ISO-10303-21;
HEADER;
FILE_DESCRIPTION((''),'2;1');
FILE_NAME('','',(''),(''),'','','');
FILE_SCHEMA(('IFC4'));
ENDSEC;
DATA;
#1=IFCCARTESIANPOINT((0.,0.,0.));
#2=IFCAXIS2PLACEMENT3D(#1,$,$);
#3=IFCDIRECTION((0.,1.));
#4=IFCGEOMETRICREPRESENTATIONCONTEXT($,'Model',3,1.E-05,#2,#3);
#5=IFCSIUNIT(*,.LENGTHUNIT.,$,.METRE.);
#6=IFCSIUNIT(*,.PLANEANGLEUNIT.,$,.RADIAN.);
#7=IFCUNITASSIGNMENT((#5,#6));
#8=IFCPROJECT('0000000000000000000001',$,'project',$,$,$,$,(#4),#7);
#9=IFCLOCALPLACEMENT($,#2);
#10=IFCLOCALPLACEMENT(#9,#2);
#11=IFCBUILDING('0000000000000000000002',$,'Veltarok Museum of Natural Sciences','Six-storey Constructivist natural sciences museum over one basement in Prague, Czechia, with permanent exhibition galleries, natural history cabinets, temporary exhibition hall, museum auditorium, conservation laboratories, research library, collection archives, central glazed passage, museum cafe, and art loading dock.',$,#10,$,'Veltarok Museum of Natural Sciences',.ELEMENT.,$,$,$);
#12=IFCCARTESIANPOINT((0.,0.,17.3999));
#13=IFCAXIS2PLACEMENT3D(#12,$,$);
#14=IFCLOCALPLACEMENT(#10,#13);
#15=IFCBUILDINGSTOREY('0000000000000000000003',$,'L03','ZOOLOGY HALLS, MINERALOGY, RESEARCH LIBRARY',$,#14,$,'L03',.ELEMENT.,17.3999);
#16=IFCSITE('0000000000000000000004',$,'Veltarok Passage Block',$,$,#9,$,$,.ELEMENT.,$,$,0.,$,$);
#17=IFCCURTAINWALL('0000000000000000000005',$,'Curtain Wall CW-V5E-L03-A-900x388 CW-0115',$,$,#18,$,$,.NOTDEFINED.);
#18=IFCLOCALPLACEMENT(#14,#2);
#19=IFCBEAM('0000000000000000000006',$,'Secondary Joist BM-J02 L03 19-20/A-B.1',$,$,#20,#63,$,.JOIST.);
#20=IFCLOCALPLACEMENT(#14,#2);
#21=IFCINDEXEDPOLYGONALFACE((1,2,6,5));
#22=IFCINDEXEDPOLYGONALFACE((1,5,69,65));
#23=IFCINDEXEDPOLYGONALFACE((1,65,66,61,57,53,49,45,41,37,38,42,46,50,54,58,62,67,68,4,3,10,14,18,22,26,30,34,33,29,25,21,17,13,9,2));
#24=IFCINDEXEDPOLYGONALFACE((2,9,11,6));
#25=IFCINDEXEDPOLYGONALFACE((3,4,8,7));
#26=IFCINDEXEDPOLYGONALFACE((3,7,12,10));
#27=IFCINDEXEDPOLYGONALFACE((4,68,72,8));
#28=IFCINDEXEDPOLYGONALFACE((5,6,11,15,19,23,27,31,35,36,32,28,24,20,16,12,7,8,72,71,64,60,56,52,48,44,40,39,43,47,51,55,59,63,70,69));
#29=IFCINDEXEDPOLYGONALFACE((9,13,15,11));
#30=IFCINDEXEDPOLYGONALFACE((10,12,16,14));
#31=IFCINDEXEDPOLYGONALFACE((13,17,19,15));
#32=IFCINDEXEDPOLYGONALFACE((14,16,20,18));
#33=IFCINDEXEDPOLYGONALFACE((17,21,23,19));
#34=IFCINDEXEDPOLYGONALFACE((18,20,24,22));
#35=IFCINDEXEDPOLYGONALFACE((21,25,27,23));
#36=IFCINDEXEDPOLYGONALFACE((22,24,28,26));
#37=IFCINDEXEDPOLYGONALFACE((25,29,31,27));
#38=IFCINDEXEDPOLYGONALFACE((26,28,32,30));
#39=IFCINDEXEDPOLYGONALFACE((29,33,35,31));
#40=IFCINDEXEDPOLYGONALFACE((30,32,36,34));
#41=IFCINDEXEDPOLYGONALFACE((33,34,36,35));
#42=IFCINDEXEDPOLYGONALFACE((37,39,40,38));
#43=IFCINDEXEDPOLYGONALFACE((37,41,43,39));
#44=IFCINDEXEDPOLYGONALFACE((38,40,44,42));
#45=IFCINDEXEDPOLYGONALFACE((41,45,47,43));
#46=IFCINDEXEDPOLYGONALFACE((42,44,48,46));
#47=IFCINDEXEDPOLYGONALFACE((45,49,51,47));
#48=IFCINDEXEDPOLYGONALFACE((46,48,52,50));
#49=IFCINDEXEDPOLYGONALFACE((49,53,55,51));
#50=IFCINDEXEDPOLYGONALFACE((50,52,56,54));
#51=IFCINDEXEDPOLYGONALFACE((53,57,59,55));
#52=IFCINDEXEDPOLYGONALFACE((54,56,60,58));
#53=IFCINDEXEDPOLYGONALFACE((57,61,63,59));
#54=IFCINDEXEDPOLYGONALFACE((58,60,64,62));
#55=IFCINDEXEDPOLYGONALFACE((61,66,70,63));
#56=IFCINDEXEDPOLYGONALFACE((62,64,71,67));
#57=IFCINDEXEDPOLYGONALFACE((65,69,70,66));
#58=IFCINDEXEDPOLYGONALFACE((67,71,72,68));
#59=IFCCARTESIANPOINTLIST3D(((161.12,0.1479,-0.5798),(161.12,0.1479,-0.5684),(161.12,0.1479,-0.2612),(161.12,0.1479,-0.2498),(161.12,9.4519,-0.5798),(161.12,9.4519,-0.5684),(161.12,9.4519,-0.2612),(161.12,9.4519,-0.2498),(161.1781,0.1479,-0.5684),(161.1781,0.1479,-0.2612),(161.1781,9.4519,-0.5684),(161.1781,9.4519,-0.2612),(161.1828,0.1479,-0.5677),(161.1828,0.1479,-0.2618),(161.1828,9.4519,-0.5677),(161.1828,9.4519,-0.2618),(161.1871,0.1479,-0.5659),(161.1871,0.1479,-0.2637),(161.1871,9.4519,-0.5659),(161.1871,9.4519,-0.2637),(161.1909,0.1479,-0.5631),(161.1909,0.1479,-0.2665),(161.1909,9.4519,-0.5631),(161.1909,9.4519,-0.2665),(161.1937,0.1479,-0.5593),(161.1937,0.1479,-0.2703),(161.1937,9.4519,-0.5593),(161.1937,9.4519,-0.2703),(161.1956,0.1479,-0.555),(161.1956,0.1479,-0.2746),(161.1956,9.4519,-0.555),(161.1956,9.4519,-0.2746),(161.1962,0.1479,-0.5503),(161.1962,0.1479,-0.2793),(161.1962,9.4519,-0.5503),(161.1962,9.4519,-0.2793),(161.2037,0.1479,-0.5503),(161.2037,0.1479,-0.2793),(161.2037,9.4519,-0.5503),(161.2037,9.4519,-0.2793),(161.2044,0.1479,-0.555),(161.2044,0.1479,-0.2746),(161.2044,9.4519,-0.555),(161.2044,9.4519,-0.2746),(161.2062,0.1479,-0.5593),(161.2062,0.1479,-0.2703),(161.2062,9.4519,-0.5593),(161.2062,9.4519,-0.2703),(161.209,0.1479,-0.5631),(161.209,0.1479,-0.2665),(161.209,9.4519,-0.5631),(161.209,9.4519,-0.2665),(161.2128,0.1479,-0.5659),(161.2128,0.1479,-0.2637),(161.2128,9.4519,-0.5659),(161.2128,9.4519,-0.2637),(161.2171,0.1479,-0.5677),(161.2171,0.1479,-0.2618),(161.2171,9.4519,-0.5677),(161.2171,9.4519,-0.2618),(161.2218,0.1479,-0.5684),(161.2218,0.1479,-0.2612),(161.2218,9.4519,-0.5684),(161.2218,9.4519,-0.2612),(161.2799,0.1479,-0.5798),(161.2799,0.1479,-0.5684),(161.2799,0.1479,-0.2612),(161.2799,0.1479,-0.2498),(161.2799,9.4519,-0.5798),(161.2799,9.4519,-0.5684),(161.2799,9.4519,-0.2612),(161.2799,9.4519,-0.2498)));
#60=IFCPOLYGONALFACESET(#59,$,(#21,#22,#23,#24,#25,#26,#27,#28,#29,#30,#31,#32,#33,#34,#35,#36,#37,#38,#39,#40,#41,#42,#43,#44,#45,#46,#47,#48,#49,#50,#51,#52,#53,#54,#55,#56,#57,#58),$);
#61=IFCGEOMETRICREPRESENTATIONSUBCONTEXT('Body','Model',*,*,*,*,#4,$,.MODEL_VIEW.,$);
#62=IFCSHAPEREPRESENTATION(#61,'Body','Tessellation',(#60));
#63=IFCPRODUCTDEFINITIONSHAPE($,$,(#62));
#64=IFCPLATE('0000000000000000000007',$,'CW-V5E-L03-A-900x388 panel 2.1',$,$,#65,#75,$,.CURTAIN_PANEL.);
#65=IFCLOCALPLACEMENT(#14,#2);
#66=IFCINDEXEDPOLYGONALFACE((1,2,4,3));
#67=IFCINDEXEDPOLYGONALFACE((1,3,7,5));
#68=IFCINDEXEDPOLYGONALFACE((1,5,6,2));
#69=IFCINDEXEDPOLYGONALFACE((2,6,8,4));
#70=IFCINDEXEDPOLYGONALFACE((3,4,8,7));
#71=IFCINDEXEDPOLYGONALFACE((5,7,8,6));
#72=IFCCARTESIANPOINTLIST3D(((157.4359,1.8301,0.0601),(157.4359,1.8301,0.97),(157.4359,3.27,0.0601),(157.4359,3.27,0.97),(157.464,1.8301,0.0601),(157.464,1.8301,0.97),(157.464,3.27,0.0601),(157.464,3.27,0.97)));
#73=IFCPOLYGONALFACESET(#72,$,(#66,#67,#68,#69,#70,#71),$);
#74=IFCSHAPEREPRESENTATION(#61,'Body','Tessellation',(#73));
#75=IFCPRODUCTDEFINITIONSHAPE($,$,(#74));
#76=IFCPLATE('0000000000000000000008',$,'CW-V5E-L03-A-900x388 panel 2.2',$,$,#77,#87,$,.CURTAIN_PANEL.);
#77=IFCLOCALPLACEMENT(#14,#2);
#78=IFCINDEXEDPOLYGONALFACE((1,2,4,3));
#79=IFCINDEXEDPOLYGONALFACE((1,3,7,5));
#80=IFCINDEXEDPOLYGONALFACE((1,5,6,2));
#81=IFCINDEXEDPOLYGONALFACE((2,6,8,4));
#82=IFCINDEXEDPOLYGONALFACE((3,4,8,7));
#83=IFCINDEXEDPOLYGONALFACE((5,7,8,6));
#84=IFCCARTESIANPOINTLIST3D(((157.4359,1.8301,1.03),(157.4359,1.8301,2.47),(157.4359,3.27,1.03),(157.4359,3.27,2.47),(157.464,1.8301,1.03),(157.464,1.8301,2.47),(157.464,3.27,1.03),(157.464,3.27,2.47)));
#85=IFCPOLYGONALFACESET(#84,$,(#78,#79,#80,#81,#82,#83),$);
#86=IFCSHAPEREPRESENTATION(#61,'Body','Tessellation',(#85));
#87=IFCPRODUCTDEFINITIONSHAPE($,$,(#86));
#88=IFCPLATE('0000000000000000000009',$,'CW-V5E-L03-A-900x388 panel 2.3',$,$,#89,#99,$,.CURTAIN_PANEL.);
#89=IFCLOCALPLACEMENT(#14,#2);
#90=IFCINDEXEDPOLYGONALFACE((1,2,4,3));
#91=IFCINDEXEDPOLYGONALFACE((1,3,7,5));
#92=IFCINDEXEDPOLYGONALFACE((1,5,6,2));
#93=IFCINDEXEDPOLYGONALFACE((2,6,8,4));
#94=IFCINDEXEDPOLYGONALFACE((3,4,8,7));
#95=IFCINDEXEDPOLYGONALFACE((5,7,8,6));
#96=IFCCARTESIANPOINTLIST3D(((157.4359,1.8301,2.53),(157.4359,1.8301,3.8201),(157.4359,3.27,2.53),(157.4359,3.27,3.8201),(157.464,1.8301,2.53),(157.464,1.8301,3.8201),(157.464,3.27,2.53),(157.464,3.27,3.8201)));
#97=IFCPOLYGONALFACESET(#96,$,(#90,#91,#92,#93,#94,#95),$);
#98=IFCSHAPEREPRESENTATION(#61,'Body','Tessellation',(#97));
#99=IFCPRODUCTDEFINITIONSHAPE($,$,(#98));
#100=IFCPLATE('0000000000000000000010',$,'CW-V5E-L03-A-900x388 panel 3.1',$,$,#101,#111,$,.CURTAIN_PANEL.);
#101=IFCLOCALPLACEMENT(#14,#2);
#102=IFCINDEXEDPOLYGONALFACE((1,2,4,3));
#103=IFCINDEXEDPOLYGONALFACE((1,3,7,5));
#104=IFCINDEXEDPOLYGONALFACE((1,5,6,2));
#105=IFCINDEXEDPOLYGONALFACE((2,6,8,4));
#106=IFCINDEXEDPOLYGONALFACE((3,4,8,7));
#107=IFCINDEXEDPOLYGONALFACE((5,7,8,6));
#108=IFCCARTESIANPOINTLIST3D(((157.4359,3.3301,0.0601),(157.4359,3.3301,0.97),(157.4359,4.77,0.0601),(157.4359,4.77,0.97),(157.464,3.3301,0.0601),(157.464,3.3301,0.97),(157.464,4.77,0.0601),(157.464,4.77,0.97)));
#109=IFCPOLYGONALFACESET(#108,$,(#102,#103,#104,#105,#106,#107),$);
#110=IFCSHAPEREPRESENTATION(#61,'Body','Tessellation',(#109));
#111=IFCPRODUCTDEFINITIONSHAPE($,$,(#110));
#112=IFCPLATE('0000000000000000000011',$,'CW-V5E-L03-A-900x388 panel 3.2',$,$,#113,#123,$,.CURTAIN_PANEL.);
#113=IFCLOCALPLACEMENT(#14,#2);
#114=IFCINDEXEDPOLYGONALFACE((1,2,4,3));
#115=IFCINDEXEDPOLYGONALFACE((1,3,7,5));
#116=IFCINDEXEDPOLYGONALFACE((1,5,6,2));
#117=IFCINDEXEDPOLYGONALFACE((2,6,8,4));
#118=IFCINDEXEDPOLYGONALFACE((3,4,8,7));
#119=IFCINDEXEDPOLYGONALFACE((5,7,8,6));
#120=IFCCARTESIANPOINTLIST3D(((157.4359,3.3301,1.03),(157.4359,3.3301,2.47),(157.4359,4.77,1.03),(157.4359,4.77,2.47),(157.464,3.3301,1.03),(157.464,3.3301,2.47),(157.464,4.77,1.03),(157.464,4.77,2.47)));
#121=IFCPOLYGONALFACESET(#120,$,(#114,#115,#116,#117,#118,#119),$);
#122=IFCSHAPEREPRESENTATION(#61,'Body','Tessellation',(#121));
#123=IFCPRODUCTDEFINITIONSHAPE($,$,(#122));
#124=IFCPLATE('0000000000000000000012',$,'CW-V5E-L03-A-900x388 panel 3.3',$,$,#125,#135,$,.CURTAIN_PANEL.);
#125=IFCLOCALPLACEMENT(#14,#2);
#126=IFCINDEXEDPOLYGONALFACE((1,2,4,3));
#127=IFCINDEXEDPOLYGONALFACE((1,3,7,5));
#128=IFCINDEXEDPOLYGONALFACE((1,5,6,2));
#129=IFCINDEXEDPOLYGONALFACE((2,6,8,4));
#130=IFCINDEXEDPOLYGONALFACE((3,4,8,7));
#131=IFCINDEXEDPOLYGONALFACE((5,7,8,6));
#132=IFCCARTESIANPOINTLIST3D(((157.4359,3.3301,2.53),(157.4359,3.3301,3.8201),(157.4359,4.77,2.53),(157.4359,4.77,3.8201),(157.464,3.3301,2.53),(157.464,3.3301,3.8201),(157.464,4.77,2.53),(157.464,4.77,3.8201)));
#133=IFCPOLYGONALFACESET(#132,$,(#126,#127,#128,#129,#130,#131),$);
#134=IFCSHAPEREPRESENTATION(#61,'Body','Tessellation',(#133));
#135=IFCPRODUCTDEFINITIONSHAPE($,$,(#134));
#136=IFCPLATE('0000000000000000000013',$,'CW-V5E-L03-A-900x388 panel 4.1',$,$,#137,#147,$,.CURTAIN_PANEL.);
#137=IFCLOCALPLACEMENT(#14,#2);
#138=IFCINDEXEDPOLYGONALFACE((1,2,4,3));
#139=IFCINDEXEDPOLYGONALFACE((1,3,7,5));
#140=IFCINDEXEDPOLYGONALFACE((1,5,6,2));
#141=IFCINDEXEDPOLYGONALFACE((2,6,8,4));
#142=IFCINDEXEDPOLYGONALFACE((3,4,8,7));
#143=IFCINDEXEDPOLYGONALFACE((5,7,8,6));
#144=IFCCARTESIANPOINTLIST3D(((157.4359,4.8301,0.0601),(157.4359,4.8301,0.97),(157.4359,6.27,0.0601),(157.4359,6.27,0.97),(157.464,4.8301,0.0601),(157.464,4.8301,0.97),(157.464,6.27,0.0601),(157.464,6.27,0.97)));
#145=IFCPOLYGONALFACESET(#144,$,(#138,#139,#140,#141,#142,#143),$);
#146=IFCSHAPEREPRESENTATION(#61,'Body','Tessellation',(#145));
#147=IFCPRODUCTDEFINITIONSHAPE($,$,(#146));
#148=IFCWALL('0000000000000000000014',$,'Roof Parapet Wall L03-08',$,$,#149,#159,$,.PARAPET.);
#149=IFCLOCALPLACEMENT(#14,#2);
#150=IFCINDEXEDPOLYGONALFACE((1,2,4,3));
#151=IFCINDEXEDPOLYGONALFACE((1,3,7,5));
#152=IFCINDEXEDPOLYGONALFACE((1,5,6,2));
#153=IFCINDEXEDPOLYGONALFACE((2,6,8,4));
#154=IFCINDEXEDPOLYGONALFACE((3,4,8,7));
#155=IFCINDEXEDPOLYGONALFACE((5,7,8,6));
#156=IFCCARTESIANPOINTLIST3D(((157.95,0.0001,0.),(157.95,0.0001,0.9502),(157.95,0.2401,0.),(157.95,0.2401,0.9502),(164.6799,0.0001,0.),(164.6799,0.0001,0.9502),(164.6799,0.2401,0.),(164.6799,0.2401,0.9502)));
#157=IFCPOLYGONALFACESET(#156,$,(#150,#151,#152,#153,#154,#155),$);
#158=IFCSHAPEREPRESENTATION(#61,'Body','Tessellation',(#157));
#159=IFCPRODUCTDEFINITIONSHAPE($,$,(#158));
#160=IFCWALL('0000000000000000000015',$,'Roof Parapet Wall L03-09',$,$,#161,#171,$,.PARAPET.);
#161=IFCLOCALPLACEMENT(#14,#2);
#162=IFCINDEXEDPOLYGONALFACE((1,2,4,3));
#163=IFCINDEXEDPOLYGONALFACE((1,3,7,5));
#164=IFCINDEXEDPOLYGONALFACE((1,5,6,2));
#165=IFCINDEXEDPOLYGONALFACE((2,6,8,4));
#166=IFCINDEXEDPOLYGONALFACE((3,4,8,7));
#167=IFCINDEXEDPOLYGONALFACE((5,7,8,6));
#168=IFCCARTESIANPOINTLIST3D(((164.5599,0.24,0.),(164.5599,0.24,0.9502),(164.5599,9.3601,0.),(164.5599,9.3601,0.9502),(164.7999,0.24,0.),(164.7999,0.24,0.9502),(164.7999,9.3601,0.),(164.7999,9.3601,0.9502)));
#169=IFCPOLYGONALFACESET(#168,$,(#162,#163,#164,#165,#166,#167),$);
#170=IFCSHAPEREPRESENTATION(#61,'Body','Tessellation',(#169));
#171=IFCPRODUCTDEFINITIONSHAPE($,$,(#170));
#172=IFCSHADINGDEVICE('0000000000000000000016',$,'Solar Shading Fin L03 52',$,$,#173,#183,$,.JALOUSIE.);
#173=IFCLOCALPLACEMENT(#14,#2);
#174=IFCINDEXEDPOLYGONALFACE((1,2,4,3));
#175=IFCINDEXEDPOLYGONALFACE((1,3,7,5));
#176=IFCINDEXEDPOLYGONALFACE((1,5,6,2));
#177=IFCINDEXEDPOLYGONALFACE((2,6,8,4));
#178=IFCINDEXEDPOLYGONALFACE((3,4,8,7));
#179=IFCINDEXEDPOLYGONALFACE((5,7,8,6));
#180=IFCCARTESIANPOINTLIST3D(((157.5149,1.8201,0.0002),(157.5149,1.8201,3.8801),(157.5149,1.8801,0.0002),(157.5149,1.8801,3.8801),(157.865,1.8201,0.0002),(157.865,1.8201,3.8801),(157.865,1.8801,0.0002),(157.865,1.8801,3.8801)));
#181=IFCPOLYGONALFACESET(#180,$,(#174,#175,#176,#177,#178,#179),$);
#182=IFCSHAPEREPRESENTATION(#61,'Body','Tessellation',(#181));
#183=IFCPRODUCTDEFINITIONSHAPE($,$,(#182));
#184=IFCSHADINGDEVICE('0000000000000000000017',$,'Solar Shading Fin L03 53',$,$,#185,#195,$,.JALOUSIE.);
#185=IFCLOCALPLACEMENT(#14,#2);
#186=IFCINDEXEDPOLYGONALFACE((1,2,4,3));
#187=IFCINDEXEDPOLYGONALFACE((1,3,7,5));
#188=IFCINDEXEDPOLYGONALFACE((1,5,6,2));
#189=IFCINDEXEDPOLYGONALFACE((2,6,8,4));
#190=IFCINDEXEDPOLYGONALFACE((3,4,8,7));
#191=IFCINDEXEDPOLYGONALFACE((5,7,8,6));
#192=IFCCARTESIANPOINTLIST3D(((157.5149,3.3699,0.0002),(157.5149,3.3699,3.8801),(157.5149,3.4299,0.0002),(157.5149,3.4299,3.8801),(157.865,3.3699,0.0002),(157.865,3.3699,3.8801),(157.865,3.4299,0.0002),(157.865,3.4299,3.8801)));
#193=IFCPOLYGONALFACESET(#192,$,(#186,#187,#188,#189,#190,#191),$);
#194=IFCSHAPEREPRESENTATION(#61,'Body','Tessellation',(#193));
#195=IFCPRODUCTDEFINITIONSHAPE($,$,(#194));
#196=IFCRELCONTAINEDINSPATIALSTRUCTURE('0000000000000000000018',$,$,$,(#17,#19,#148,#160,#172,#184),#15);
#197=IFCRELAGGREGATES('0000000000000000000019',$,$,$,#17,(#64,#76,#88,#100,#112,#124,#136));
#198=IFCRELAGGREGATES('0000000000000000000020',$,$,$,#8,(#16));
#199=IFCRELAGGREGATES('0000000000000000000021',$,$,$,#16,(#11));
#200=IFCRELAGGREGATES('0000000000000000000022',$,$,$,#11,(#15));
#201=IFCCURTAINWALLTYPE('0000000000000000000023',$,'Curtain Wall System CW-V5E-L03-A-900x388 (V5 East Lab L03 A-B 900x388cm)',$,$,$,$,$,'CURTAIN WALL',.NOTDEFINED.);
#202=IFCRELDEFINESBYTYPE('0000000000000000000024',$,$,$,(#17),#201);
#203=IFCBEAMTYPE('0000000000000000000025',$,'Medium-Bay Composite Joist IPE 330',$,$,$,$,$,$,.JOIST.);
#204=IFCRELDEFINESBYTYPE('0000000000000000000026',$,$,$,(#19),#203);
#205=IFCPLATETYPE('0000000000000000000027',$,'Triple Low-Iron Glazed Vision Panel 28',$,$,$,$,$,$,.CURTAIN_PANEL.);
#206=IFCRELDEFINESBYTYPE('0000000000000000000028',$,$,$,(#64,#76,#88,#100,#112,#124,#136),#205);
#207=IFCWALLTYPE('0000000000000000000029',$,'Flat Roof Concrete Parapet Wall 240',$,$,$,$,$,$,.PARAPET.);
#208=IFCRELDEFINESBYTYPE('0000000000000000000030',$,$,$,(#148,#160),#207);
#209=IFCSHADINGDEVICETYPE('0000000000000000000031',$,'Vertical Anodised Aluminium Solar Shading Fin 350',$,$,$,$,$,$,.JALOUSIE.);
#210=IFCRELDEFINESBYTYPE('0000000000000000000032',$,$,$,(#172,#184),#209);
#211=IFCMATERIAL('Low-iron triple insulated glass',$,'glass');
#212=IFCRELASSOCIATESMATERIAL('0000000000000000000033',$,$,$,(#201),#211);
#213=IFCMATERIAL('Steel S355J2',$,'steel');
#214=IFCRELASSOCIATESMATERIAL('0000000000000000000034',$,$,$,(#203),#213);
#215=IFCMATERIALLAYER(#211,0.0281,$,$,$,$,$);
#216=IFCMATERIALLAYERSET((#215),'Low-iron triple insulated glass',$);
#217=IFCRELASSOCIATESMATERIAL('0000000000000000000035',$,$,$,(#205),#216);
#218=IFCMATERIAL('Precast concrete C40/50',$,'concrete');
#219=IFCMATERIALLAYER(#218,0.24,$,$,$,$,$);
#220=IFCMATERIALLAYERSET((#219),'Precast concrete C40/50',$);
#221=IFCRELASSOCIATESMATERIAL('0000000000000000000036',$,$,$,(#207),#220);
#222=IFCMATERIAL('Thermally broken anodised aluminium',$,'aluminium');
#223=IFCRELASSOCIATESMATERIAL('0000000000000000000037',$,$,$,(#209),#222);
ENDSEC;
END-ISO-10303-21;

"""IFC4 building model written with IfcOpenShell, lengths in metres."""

from ifc_helpers import new_model, si_unit, direction, frame, frame_2d, origin, origin_2d, place, context, subcontext, project, spatial, rectangle, i_section, extrude, material, layer, layer_set, material_profile, profile_set, type_object, element, aggregate, save


model = new_model("IFC4")

# Units and contexts
model_context = context("Model", 3, precision=1e-05, world=origin(), true_north=direction((0.0, 1.0)))
body_context = subcontext(model_context, "Body", "Model", "MODEL_VIEW")
ifc_project = project(units=[si_unit("LENGTHUNIT", "METRE"), si_unit("PLANEANGLEUNIT", "RADIAN")], contexts=[model_context])

# Site, building, storey
site_placement = place(None, origin())
site = spatial("IfcSite", under=ifc_project, at=site_placement, Name="Veltarok Passage Block", CompositionType="ELEMENT", RefElevation=0.0)
building_placement = place(site_placement, origin())
building = spatial("IfcBuilding", under=site, at=building_placement, Name="Veltarok Museum of Natural Sciences", Description="Six-storey Constructivist natural sciences museum over one basement in Prague, Czechia, with permanent exhibition galleries, natural history cabinets, temporary exhibition hall, museum auditorium, conservation laboratories, research library, collection archives, central glazed passage, museum cafe, and art loading dock.", LongName="Veltarok Museum of Natural Sciences", CompositionType="ELEMENT")
storey_placement = place(building_placement, frame((0.0, 0.0, 17.3999)))
storey = spatial("IfcBuildingStorey", under=building, at=storey_placement, Name="L03", Description="ZOOLOGY HALLS, MINERALOGY, RESEARCH LIBRARY", LongName="L03", CompositionType="ELEMENT", Elevation=17.3999)

# Shared definitions
ifc_material_1 = material(Name="Steel S355J2", Category="steel")

# Curtain wall
ifc_material_2 = material(Name="Low-iron triple insulated glass", Category="glass")
curtain_wall_type = type_object("IfcCurtainWallType", Name="Curtain Wall System CW-V5E-L03-A-900x388 (V5 East Lab L03 A-B 900x388cm)", ElementType="CURTAIN WALL", PredefinedType="NOTDEFINED", material=ifc_material_2)
curtain_wall_placement = place(storey_placement, origin())
curtain_wall = element("IfcCurtainWall", 1, at=curtain_wall_placement, inside=storey, type_object=curtain_wall_type, Name="Curtain Wall CW-V5E-L03-A-900x388 CW-0115", PredefinedType="NOTDEFINED")
ifc_material_3 = material(Name="Thermally broken anodised aluminium", Category="aluminium")

# Beam
ifc_material_4 = material(Name="Precast concrete C40/50", Category="concrete")
ifc_material_profile_1 = material_profile(ifc_material_1, i_section(OverallWidth=0.1599, OverallDepth=0.3301, WebThickness=0.0076, FlangeThickness=0.0115, FilletRadius=0.0181, at=origin_2d()), Name="IPE 330")
ifc_profile_set_1 = profile_set([ifc_material_profile_1], Name="Steel S355J2")
beam_type_1 = type_object("IfcBeamType", Name="Medium-Bay Composite Joist IPE 330", PredefinedType="JOIST", material=ifc_profile_set_1)
beam_1_placement = place(storey_placement, frame((161.2, 0.1479, -0.4148), z_axis=(0.0, 1.0, 0.0), x_axis=(-1.0, 0.0, 0.0)))
element("IfcBeam", 2, at=beam_1_placement, inside=storey, type_object=beam_type_1, Name="Secondary Joist BM-J02 L03 19-20/A-B.1", PredefinedType="JOIST", context=body_context, shape_type="SweptSolid", body=[
    extrude(i_section(OverallWidth=0.1599, OverallDepth=0.3301, WebThickness=0.0076, FlangeThickness=0.0115, FilletRadius=0.0181, at=origin_2d()), origin(), (0.0, 0.0, 1.0), 9.304),
])

# Plates
ifc_layer_1 = layer(ifc_material_2, 0.0281)
ifc_layer_set_1 = layer_set([ifc_layer_1], Name="Low-iron triple insulated glass")
plate_type = type_object("IfcPlateType", Name="Triple Low-Iron Glazed Vision Panel 28", PredefinedType="CURTAIN_PANEL", material=ifc_layer_set_1)
plate_1_placement = place(storey_placement, frame((157.45, 2.55, 0.0601), z_axis=(0.0, 0.0, 1.0), x_axis=(0.0, 1.0, 0.0)))
plate_1 = element("IfcPlate", 3, at=plate_1_placement, type_object=plate_type, Name="CW-V5E-L03-A-900x388 panel 2.1", PredefinedType="CURTAIN_PANEL", context=body_context, shape_type="SweptSolid", body=[
    extrude(rectangle(XDim=1.4399, YDim=0.0281, at=origin_2d()), origin(), (0.0, 0.0, 1.0), 0.9099),
])
plate_2_placement = place(storey_placement, frame((157.45, 2.55, 1.03), z_axis=(0.0, 0.0, 1.0), x_axis=(0.0, 1.0, 0.0)))
plate_2 = element("IfcPlate", 4, at=plate_2_placement, type_object=plate_type, Name="CW-V5E-L03-A-900x388 panel 2.2", PredefinedType="CURTAIN_PANEL", context=body_context, shape_type="SweptSolid", body=[
    extrude(rectangle(XDim=1.4399, YDim=0.0281, at=origin_2d()), origin(), (0.0, 0.0, 1.0), 1.4399),
])
plate_3_placement = place(storey_placement, frame((157.45, 2.55, 2.53), z_axis=(0.0, 0.0, 1.0), x_axis=(0.0, 1.0, 0.0)))
plate_3 = element("IfcPlate", 5, at=plate_3_placement, type_object=plate_type, Name="CW-V5E-L03-A-900x388 panel 2.3", PredefinedType="CURTAIN_PANEL", context=body_context, shape_type="SweptSolid", body=[
    extrude(rectangle(XDim=1.4399, YDim=0.0281, at=origin_2d()), origin(), (0.0, 0.0, 1.0), 1.29),
])
plate_4_placement = place(storey_placement, frame((157.45, 4.05, 0.0601), z_axis=(0.0, 0.0, 1.0), x_axis=(0.0, 1.0, 0.0)))
plate_4 = element("IfcPlate", 6, at=plate_4_placement, type_object=plate_type, Name="CW-V5E-L03-A-900x388 panel 3.1", PredefinedType="CURTAIN_PANEL", context=body_context, shape_type="SweptSolid", body=[
    extrude(rectangle(XDim=1.4399, YDim=0.0281, at=origin_2d()), origin(), (0.0, 0.0, 1.0), 0.9099),
])
plate_5_placement = place(storey_placement, frame((157.45, 4.05, 1.03), z_axis=(0.0, 0.0, 1.0), x_axis=(0.0, 1.0, 0.0)))
plate_5 = element("IfcPlate", 7, at=plate_5_placement, type_object=plate_type, Name="CW-V5E-L03-A-900x388 panel 3.2", PredefinedType="CURTAIN_PANEL", context=body_context, shape_type="SweptSolid", body=[
    extrude(rectangle(XDim=1.4399, YDim=0.0281, at=origin_2d()), origin(), (0.0, 0.0, 1.0), 1.4399),
])
plate_6_placement = place(storey_placement, frame((157.45, 4.05, 2.53), z_axis=(0.0, 0.0, 1.0), x_axis=(0.0, 1.0, 0.0)))
plate_6 = element("IfcPlate", 8, at=plate_6_placement, type_object=plate_type, Name="CW-V5E-L03-A-900x388 panel 3.3", PredefinedType="CURTAIN_PANEL", context=body_context, shape_type="SweptSolid", body=[
    extrude(rectangle(XDim=1.4399, YDim=0.0281, at=origin_2d()), origin(), (0.0, 0.0, 1.0), 1.29),
])
plate_7_placement = place(storey_placement, frame((157.45, 5.55, 0.0601), z_axis=(0.0, 0.0, 1.0), x_axis=(0.0, 1.0, 0.0)))
plate_7 = element("IfcPlate", 9, at=plate_7_placement, type_object=plate_type, Name="CW-V5E-L03-A-900x388 panel 4.1", PredefinedType="CURTAIN_PANEL", context=body_context, shape_type="SweptSolid", body=[
    extrude(rectangle(XDim=1.4399, YDim=0.0281, at=origin_2d()), origin(), (0.0, 0.0, 1.0), 0.9099),
])
aggregate(curtain_wall, [plate_1, plate_2, plate_3, plate_4, plate_5, plate_6, plate_7])

# Walls
ifc_layer_2 = layer(ifc_material_4, 0.24)
ifc_layer_set_2 = layer_set([ifc_layer_2], Name="Precast concrete C40/50")
wall_type = type_object("IfcWallType", Name="Flat Roof Concrete Parapet Wall 240", PredefinedType="PARAPET", material=ifc_layer_set_2)
wall_1_placement = place(storey_placement, frame((157.95, 0.1201, 0.0), z_axis=(0.0, 0.0, 1.0), x_axis=(1.0, 0.0, 0.0)))
element("IfcWall", 10, at=wall_1_placement, inside=storey, type_object=wall_type, Name="Roof Parapet Wall L03-08", PredefinedType="PARAPET", context=body_context, shape_type="SweptSolid", body=[
    extrude(rectangle(XDim=6.73, YDim=0.24, at=frame_2d((3.365, 0.0))), origin(), (0.0, 0.0, 1.0), 0.9502),
])
wall_2_placement = place(storey_placement, frame((164.6799, 0.24, 0.0), z_axis=(0.0, 0.0, 1.0), x_axis=(0.0, 1.0, 0.0)))
element("IfcWall", 11, at=wall_2_placement, inside=storey, type_object=wall_type, Name="Roof Parapet Wall L03-09", PredefinedType="PARAPET", context=body_context, shape_type="SweptSolid", body=[
    extrude(rectangle(XDim=9.1201, YDim=0.24, at=frame_2d((4.5601, 0.0))), origin(), (0.0, 0.0, 1.0), 0.9502),
])

# Shading devices
shading_device_type = type_object("IfcShadingDeviceType", Name="Vertical Anodised Aluminium Solar Shading Fin 350", PredefinedType="JALOUSIE", material=ifc_material_3)
for number, where, z_axis, x_axis, name in (
    (12, (157.6899, 1.8501, 0.0002), (0.0, 0.0, 1.0), (1.0, 0.0, 0.0), "Solar Shading Fin L03 52"),
    (13, (157.6899, 3.3999, 0.0002), (0.0, 0.0, 1.0), (1.0, 0.0, 0.0), "Solar Shading Fin L03 53"),
):
    element("IfcShadingDevice", number, at=place(storey_placement, frame(where, z_axis=z_axis, x_axis=x_axis)), inside=storey, type_object=shading_device_type, Name=name, PredefinedType="JALOUSIE", context=body_context, shape_type="SweptSolid", body=[
        extrude(rectangle(XDim=0.3501, YDim=0.0601, at=origin_2d()), origin(), (0.0, 0.0, 1.0), 3.8799),
    ])

save(model, "model.ifc")
